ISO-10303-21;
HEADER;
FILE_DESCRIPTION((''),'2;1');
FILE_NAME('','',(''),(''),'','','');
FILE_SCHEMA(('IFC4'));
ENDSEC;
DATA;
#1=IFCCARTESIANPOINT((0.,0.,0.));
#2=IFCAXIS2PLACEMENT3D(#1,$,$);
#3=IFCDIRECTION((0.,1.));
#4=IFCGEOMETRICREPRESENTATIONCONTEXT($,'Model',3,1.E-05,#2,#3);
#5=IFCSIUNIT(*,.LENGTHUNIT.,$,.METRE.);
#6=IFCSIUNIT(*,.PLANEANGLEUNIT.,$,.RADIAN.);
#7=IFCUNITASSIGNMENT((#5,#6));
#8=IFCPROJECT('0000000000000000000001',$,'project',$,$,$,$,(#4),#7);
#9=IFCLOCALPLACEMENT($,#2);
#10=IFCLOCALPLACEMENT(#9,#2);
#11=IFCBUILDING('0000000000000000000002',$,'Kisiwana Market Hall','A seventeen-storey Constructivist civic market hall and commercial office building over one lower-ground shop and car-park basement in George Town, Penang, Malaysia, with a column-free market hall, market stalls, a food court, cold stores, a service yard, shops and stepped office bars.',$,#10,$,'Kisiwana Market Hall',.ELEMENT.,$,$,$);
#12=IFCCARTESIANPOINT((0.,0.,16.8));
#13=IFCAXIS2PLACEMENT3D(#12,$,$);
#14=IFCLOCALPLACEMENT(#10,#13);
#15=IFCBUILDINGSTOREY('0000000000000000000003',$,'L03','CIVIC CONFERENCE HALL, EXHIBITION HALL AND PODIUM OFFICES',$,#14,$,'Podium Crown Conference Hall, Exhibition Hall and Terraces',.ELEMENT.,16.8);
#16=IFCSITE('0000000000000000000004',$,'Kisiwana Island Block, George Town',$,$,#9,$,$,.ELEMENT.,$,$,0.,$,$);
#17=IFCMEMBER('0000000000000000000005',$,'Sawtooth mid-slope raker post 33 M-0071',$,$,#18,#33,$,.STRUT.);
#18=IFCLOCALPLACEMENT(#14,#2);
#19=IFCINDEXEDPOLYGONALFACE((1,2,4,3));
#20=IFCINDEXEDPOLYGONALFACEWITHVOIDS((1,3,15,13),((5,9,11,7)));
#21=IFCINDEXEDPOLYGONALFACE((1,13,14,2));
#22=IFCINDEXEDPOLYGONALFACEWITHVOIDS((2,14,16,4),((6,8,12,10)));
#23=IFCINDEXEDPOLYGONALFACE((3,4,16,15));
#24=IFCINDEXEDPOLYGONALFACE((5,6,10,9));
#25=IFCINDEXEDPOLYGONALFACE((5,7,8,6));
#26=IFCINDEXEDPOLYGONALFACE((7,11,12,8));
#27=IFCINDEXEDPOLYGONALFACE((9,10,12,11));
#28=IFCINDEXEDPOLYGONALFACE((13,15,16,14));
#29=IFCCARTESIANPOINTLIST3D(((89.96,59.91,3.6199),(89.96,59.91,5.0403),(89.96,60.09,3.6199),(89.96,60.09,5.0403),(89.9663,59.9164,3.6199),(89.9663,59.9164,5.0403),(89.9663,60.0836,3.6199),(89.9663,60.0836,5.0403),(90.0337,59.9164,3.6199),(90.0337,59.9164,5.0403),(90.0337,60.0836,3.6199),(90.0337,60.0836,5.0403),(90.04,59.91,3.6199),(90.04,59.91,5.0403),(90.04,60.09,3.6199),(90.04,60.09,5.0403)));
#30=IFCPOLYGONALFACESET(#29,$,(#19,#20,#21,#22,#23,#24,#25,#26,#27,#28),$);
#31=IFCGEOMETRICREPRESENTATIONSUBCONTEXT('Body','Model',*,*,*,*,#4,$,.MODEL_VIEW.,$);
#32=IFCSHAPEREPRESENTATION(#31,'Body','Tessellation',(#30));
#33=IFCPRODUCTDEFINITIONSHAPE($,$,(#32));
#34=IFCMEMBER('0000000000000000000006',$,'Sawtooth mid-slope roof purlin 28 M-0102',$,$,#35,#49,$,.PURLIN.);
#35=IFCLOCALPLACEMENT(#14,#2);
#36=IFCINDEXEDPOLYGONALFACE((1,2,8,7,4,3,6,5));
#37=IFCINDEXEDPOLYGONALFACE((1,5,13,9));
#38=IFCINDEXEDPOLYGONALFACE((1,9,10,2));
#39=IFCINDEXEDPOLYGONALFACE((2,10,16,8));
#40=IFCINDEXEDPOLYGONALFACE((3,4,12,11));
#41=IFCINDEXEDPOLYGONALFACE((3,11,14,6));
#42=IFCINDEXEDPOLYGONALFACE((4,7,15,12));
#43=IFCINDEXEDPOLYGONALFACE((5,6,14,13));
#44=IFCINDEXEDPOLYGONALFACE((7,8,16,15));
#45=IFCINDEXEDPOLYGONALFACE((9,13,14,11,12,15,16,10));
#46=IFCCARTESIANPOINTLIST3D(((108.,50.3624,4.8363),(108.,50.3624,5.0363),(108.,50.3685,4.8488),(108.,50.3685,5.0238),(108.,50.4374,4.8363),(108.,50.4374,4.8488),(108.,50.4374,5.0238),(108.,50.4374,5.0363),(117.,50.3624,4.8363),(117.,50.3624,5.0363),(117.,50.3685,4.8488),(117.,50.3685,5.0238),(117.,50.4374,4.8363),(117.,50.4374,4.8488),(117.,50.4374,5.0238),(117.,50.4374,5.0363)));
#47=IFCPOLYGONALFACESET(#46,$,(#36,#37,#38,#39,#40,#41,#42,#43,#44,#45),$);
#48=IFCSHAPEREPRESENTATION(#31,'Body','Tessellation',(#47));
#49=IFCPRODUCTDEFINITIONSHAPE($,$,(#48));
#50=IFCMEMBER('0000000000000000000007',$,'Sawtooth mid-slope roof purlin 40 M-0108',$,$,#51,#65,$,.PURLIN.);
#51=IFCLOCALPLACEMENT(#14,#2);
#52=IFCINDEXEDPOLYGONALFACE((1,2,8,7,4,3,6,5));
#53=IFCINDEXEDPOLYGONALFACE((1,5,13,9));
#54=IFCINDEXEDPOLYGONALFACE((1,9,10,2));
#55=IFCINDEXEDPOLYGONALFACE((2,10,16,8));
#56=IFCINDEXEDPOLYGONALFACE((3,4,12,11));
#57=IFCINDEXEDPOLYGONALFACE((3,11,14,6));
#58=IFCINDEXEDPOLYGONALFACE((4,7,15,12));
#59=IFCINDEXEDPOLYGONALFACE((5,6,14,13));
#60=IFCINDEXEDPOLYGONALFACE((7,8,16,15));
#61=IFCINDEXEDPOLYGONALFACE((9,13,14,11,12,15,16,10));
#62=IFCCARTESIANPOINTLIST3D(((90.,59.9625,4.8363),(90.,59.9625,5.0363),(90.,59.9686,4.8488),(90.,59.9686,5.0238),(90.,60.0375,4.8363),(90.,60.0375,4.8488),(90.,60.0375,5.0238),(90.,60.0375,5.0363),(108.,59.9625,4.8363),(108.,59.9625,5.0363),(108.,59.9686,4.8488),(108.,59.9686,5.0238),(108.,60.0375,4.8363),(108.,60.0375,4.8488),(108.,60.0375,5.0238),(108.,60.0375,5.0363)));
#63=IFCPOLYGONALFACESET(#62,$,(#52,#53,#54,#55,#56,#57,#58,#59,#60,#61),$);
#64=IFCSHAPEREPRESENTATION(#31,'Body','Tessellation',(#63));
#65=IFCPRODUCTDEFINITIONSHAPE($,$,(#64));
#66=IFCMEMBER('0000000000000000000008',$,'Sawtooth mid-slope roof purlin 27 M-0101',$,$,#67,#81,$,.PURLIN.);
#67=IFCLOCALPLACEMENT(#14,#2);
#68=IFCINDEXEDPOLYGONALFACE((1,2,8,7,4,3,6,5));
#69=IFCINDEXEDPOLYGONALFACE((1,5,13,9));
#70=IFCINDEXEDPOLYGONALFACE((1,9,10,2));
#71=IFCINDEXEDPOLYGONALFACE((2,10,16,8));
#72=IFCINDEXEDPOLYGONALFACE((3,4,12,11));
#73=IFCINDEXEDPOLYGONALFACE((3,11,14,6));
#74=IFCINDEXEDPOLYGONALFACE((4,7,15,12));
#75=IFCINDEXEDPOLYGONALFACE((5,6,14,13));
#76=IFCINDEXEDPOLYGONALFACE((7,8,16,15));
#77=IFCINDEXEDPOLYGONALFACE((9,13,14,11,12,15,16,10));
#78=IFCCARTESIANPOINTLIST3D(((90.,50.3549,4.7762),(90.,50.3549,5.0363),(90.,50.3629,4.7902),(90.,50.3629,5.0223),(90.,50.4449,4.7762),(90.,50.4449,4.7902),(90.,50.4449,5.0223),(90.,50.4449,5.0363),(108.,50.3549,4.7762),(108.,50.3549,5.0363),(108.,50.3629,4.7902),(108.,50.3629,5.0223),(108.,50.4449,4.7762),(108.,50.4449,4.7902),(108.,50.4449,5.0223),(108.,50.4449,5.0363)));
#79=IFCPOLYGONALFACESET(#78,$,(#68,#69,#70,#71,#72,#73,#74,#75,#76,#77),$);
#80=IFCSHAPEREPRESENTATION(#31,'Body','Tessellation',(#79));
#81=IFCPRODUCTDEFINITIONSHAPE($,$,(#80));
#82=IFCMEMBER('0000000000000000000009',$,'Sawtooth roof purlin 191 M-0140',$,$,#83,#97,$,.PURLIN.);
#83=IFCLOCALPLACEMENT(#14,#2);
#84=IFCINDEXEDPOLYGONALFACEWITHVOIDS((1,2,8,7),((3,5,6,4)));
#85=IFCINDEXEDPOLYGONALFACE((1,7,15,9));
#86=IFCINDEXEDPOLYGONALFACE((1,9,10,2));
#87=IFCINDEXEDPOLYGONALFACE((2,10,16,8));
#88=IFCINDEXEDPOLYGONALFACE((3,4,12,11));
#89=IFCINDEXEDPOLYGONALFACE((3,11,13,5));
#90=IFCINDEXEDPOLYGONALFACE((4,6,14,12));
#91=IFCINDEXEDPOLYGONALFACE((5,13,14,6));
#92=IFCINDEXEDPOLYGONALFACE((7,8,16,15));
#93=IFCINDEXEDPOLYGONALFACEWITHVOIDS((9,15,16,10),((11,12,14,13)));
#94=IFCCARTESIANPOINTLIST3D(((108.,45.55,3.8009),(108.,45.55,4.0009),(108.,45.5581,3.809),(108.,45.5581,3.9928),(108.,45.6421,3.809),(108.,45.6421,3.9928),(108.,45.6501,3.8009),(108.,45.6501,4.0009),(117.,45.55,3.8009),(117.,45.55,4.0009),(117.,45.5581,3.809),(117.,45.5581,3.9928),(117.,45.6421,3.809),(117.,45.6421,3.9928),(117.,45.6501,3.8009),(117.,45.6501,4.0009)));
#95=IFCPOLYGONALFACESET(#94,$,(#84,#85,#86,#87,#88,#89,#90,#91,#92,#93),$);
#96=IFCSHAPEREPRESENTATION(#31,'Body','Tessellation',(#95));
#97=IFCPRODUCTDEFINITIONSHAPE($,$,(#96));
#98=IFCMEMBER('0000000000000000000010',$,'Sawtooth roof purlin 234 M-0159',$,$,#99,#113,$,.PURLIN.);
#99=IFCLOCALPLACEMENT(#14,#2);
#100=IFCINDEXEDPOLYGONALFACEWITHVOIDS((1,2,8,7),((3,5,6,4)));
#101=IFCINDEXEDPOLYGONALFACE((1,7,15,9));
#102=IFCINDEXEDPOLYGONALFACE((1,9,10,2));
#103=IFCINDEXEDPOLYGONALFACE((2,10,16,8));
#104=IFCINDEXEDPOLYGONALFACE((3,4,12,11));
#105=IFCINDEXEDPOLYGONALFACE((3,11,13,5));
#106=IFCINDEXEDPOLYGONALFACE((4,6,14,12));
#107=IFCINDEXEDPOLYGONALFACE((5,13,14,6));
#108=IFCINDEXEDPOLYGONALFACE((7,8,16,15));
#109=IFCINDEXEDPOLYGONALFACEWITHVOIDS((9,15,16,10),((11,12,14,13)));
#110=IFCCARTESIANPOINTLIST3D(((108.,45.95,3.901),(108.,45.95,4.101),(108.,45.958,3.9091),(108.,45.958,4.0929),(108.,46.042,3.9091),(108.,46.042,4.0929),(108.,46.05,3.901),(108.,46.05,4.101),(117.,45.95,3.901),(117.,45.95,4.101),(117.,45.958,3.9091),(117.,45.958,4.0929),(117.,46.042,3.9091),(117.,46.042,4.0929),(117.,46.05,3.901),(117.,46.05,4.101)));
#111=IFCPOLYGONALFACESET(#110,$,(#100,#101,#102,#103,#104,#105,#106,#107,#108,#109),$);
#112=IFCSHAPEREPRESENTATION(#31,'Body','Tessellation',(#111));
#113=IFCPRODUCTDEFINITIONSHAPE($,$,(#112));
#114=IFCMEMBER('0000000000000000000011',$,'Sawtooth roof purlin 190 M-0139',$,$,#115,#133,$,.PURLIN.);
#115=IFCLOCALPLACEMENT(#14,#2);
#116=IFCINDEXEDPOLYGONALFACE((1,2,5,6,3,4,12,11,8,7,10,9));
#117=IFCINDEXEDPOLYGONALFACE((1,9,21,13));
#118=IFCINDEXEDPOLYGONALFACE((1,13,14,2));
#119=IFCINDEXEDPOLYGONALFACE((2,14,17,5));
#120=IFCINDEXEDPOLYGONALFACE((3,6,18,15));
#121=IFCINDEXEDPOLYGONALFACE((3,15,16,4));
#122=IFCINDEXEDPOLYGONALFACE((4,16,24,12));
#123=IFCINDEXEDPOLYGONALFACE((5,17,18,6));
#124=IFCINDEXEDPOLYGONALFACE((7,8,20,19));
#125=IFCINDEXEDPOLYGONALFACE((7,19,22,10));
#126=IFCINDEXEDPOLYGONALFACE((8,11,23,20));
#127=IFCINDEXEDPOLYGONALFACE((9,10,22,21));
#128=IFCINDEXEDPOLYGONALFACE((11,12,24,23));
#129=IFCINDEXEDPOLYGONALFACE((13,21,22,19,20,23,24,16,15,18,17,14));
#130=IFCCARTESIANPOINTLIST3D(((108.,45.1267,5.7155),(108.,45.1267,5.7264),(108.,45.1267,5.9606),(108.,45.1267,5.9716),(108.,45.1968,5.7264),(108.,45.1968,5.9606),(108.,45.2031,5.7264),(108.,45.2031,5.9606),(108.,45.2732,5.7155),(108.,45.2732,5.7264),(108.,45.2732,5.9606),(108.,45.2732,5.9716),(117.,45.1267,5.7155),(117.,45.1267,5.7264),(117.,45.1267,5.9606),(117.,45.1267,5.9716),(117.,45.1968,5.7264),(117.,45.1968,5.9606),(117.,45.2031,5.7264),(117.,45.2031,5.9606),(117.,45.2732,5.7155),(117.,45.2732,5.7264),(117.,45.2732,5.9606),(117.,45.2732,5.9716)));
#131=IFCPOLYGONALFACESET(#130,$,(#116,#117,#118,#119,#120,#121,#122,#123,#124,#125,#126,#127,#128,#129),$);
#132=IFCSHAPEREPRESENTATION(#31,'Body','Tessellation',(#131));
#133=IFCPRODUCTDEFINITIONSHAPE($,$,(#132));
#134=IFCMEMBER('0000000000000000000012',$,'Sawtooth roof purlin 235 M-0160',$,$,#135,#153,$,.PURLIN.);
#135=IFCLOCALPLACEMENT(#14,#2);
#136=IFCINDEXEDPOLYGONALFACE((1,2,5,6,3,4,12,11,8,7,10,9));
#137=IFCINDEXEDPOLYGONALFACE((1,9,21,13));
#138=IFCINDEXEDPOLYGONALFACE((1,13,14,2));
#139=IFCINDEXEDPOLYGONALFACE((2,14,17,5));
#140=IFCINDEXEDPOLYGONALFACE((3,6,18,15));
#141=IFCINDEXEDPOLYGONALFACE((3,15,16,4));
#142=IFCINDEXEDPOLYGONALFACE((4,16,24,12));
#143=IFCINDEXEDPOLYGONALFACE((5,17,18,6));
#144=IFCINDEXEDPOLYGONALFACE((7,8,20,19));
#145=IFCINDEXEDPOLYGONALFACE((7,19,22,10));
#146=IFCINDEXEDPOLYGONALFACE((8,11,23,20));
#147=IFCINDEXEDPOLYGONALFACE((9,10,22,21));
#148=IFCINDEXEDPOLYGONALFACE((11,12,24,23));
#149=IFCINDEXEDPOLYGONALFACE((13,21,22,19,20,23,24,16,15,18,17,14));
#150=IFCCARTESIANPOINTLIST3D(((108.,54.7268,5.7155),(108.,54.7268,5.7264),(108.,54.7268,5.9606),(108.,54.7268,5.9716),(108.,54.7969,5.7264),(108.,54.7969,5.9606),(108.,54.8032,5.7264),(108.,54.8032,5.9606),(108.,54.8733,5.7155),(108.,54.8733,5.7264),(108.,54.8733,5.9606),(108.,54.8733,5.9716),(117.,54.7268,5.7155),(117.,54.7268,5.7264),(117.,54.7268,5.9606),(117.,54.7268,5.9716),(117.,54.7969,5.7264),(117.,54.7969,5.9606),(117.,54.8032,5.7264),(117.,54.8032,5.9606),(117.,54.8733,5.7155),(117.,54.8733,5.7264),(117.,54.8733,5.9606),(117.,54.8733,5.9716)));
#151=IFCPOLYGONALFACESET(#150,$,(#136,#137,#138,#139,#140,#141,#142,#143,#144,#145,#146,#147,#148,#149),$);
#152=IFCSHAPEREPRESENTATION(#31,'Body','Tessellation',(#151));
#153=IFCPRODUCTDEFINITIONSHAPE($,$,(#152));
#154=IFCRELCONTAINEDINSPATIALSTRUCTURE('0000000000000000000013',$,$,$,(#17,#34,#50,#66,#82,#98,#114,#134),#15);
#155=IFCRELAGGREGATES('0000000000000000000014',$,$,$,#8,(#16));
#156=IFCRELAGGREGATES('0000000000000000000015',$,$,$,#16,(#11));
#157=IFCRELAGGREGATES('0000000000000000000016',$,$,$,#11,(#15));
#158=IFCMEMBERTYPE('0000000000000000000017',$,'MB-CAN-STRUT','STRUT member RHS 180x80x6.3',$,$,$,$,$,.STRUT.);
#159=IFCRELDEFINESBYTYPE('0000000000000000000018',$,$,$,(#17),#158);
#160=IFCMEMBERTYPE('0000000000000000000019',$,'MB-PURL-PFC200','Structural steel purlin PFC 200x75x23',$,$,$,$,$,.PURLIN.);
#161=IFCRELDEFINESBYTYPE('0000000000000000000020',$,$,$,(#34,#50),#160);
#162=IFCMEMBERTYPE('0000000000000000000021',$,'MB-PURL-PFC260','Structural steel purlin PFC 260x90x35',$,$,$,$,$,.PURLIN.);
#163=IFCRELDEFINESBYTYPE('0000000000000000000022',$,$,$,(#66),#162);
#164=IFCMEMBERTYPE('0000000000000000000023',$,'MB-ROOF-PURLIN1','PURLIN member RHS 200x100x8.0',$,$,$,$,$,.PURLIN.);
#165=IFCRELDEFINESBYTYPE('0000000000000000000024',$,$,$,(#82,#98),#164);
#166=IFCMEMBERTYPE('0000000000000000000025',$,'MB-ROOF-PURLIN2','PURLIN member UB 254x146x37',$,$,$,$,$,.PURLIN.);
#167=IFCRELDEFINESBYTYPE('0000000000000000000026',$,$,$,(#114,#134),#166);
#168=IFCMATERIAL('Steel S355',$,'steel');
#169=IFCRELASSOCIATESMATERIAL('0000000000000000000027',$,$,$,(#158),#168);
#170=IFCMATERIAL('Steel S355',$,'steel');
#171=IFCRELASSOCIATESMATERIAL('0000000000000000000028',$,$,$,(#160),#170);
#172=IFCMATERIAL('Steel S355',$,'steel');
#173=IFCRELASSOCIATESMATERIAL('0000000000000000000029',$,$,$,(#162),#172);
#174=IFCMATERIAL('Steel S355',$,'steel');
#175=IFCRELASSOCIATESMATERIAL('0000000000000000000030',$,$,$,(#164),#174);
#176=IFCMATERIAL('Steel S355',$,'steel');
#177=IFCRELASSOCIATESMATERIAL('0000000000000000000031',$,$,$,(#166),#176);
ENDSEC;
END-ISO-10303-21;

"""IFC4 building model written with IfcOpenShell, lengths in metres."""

from ifc_helpers import new_model, si_unit, direction, frame, origin, origin_2d, place, context, subcontext, project, spatial, hollow_rectangle, i_section, u_section, extrude, material, material_profile, profile_set, type_object, element, save


model = new_model("IFC4")

# Units and contexts
model_context = context("Model", 3, precision=1e-05, world=origin(), true_north=direction((0.0, 1.0)))
body_context = subcontext(model_context, "Body", "Model", "MODEL_VIEW")
ifc_project = project(units=[si_unit("LENGTHUNIT", "METRE"), si_unit("PLANEANGLEUNIT", "RADIAN")], contexts=[model_context])

# Site, building, storey
site_placement = place(None, origin())
site = spatial("IfcSite", under=ifc_project, at=site_placement, Name="Kisiwana Island Block, George Town", CompositionType="ELEMENT", RefElevation=0.0)
building_placement = place(site_placement, origin())
building = spatial("IfcBuilding", under=site, at=building_placement, Name="Kisiwana Market Hall", Description="A seventeen-storey Constructivist civic market hall and commercial office building over one lower-ground shop and car-park basement in George Town, Penang, Malaysia, with a column-free market hall, market stalls, a food court, cold stores, a service yard, shops and stepped office bars.", LongName="Kisiwana Market Hall", CompositionType="ELEMENT")
storey_placement = place(building_placement, frame((0.0, 0.0, 16.8)))
storey = spatial("IfcBuildingStorey", under=building, at=storey_placement, Name="L03", Description="CIVIC CONFERENCE HALL, EXHIBITION HALL AND PODIUM OFFICES", LongName="Podium Crown Conference Hall, Exhibition Hall and Terraces", CompositionType="ELEMENT", Elevation=16.8)

# Members
ifc_material_1 = material(Name="Steel S355", Category="steel")
ifc_material_profile_1 = material_profile(ifc_material_1, hollow_rectangle(XDim=0.0801, YDim=0.1799, WallThickness=0.0063, at=origin_2d()), Name="RHS 180x80x6.3")
ifc_profile_set_1 = profile_set([ifc_material_profile_1], Name="Steel S355")
member_type_1 = type_object("IfcMemberType", Name="MB-CAN-STRUT", Description="STRUT member RHS 180x80x6.3", PredefinedType="STRUT", material=ifc_profile_set_1)
for number, where, z_axis, x_axis, name in (
    (1, (90.0, 60.0, 3.6199), (0.0, 0.0, 1.0), (1.0, 0.0, 0.0), "Sawtooth mid-slope raker post 33 M-0071"),
):
    element("IfcMember", number, at=place(storey_placement, frame(where, z_axis=z_axis, x_axis=x_axis)), inside=storey, type_object=member_type_1, Name=name, PredefinedType="STRUT", context=body_context, shape_type="SweptSolid", body=[
        extrude(hollow_rectangle(XDim=0.0801, YDim=0.1799, WallThickness=0.0063, at=origin_2d()), origin(), (0.0, 0.0, 1.0), 1.4204),
    ])
ifc_material_2 = material(Name="Steel S355", Category="steel")
ifc_material_profile_2 = material_profile(ifc_material_2, u_section(Depth=0.2, FlangeWidth=0.075, WebThickness=0.0061, FlangeThickness=0.0125, at=origin_2d()), Name="PFC 200x75x23")
ifc_profile_set_2 = profile_set([ifc_material_profile_2], Name="Steel S355")
member_type_2 = type_object("IfcMemberType", Name="MB-PURL-PFC200", Description="Structural steel purlin PFC 200x75x23", PredefinedType="PURLIN", material=ifc_profile_set_2)
member_1_placement = place(storey_placement, frame((108.0, 50.3999, 4.9363), z_axis=(1.0, 0.0, 0.0), x_axis=(0.0, 1.0, 0.0)))
element("IfcMember", 2, at=member_1_placement, inside=storey, type_object=member_type_2, Name="Sawtooth mid-slope roof purlin 28 M-0102", PredefinedType="PURLIN", context=body_context, shape_type="SweptSolid", body=[
    extrude(u_section(Depth=0.2, FlangeWidth=0.075, WebThickness=0.0061, FlangeThickness=0.0125, at=origin_2d()), origin(), (0.0, 0.0, 1.0), 9.0),
])
member_2_placement = place(storey_placement, frame((90.0, 60.0, 4.9363), z_axis=(1.0, 0.0, 0.0), x_axis=(0.0, 1.0, 0.0)))
element("IfcMember", 3, at=member_2_placement, inside=storey, type_object=member_type_2, Name="Sawtooth mid-slope roof purlin 40 M-0108", PredefinedType="PURLIN", context=body_context, shape_type="SweptSolid", body=[
    extrude(u_section(Depth=0.2, FlangeWidth=0.075, WebThickness=0.0061, FlangeThickness=0.0125, at=origin_2d()), origin(), (0.0, 0.0, 1.0), 18.0),
])
ifc_material_3 = material(Name="Steel S355", Category="steel")
ifc_material_profile_3 = material_profile(ifc_material_3, u_section(Depth=0.26, FlangeWidth=0.0901, WebThickness=0.0081, FlangeThickness=0.0139, at=origin_2d()), Name="PFC 260x90x35")
ifc_profile_set_3 = profile_set([ifc_material_profile_3], Name="Steel S355")
member_type_3 = type_object("IfcMemberType", Name="MB-PURL-PFC260", Description="Structural steel purlin PFC 260x90x35", PredefinedType="PURLIN", material=ifc_profile_set_3)
member_3_placement = place(storey_placement, frame((90.0, 50.3999, 4.9062), z_axis=(1.0, 0.0, 0.0), x_axis=(0.0, 1.0, 0.0)))
element("IfcMember", 4, at=member_3_placement, inside=storey, type_object=member_type_3, Name="Sawtooth mid-slope roof purlin 27 M-0101", PredefinedType="PURLIN", context=body_context, shape_type="SweptSolid", body=[
    extrude(u_section(Depth=0.26, FlangeWidth=0.0901, WebThickness=0.0081, FlangeThickness=0.0139, at=origin_2d()), origin(), (0.0, 0.0, 1.0), 18.0),
])
ifc_material_4 = material(Name="Steel S355", Category="steel")
ifc_material_profile_4 = material_profile(ifc_material_4, hollow_rectangle(XDim=0.1001, YDim=0.2, WallThickness=0.0081, at=origin_2d()), Name="RHS 200x100x8.0")
ifc_profile_set_4 = profile_set([ifc_material_profile_4], Name="Steel S355")
member_type_4 = type_object("IfcMemberType", Name="MB-ROOF-PURLIN1", Description="PURLIN member RHS 200x100x8.0", PredefinedType="PURLIN", material=ifc_profile_set_4)
for number, where, z_axis, x_axis, name in (
    (5, (108.0, 45.6001, 3.9009), (1.0, 0.0, 0.0), (0.0, 1.0, 0.0), "Sawtooth roof purlin 191 M-0140"),
    (6, (108.0, 46.0, 4.001), (1.0, 0.0, 0.0), (0.0, 1.0, 0.0), "Sawtooth roof purlin 234 M-0159"),
):
    element("IfcMember", number, at=place(storey_placement, frame(where, z_axis=z_axis, x_axis=x_axis)), inside=storey, type_object=member_type_4, Name=name, PredefinedType="PURLIN", context=body_context, shape_type="SweptSolid", body=[
        extrude(hollow_rectangle(XDim=0.1001, YDim=0.2, WallThickness=0.0081, at=origin_2d()), origin(), (0.0, 0.0, 1.0), 9.0),
    ])
ifc_material_5 = material(Name="Steel S355", Category="steel")
ifc_material_profile_5 = material_profile(ifc_material_5, i_section(OverallWidth=0.1465, OverallDepth=0.2561, WebThickness=0.0063, FlangeThickness=0.011, at=origin_2d()), Name="UB 254x146x37")
ifc_profile_set_5 = profile_set([ifc_material_profile_5], Name="Steel S355")
member_type_5 = type_object("IfcMemberType", Name="MB-ROOF-PURLIN2", Description="PURLIN member UB 254x146x37", PredefinedType="PURLIN", material=ifc_profile_set_5)
for number, where, z_axis, x_axis, name in (
    (7, (108.0, 45.2, 5.8435), (1.0, 0.0, 0.0), (0.0, 1.0, 0.0), "Sawtooth roof purlin 190 M-0139"),
    (8, (108.0, 54.8, 5.8435), (1.0, 0.0, 0.0), (0.0, 1.0, 0.0), "Sawtooth roof purlin 235 M-0160"),
):
    element("IfcMember", number, at=place(storey_placement, frame(where, z_axis=z_axis, x_axis=x_axis)), inside=storey, type_object=member_type_5, Name=name, PredefinedType="PURLIN", context=body_context, shape_type="SweptSolid", body=[
        extrude(i_section(OverallWidth=0.1465, OverallDepth=0.2561, WebThickness=0.0063, FlangeThickness=0.011, at=origin_2d()), origin(), (0.0, 0.0, 1.0), 9.0),
    ])

save(model, "model.ifc")
